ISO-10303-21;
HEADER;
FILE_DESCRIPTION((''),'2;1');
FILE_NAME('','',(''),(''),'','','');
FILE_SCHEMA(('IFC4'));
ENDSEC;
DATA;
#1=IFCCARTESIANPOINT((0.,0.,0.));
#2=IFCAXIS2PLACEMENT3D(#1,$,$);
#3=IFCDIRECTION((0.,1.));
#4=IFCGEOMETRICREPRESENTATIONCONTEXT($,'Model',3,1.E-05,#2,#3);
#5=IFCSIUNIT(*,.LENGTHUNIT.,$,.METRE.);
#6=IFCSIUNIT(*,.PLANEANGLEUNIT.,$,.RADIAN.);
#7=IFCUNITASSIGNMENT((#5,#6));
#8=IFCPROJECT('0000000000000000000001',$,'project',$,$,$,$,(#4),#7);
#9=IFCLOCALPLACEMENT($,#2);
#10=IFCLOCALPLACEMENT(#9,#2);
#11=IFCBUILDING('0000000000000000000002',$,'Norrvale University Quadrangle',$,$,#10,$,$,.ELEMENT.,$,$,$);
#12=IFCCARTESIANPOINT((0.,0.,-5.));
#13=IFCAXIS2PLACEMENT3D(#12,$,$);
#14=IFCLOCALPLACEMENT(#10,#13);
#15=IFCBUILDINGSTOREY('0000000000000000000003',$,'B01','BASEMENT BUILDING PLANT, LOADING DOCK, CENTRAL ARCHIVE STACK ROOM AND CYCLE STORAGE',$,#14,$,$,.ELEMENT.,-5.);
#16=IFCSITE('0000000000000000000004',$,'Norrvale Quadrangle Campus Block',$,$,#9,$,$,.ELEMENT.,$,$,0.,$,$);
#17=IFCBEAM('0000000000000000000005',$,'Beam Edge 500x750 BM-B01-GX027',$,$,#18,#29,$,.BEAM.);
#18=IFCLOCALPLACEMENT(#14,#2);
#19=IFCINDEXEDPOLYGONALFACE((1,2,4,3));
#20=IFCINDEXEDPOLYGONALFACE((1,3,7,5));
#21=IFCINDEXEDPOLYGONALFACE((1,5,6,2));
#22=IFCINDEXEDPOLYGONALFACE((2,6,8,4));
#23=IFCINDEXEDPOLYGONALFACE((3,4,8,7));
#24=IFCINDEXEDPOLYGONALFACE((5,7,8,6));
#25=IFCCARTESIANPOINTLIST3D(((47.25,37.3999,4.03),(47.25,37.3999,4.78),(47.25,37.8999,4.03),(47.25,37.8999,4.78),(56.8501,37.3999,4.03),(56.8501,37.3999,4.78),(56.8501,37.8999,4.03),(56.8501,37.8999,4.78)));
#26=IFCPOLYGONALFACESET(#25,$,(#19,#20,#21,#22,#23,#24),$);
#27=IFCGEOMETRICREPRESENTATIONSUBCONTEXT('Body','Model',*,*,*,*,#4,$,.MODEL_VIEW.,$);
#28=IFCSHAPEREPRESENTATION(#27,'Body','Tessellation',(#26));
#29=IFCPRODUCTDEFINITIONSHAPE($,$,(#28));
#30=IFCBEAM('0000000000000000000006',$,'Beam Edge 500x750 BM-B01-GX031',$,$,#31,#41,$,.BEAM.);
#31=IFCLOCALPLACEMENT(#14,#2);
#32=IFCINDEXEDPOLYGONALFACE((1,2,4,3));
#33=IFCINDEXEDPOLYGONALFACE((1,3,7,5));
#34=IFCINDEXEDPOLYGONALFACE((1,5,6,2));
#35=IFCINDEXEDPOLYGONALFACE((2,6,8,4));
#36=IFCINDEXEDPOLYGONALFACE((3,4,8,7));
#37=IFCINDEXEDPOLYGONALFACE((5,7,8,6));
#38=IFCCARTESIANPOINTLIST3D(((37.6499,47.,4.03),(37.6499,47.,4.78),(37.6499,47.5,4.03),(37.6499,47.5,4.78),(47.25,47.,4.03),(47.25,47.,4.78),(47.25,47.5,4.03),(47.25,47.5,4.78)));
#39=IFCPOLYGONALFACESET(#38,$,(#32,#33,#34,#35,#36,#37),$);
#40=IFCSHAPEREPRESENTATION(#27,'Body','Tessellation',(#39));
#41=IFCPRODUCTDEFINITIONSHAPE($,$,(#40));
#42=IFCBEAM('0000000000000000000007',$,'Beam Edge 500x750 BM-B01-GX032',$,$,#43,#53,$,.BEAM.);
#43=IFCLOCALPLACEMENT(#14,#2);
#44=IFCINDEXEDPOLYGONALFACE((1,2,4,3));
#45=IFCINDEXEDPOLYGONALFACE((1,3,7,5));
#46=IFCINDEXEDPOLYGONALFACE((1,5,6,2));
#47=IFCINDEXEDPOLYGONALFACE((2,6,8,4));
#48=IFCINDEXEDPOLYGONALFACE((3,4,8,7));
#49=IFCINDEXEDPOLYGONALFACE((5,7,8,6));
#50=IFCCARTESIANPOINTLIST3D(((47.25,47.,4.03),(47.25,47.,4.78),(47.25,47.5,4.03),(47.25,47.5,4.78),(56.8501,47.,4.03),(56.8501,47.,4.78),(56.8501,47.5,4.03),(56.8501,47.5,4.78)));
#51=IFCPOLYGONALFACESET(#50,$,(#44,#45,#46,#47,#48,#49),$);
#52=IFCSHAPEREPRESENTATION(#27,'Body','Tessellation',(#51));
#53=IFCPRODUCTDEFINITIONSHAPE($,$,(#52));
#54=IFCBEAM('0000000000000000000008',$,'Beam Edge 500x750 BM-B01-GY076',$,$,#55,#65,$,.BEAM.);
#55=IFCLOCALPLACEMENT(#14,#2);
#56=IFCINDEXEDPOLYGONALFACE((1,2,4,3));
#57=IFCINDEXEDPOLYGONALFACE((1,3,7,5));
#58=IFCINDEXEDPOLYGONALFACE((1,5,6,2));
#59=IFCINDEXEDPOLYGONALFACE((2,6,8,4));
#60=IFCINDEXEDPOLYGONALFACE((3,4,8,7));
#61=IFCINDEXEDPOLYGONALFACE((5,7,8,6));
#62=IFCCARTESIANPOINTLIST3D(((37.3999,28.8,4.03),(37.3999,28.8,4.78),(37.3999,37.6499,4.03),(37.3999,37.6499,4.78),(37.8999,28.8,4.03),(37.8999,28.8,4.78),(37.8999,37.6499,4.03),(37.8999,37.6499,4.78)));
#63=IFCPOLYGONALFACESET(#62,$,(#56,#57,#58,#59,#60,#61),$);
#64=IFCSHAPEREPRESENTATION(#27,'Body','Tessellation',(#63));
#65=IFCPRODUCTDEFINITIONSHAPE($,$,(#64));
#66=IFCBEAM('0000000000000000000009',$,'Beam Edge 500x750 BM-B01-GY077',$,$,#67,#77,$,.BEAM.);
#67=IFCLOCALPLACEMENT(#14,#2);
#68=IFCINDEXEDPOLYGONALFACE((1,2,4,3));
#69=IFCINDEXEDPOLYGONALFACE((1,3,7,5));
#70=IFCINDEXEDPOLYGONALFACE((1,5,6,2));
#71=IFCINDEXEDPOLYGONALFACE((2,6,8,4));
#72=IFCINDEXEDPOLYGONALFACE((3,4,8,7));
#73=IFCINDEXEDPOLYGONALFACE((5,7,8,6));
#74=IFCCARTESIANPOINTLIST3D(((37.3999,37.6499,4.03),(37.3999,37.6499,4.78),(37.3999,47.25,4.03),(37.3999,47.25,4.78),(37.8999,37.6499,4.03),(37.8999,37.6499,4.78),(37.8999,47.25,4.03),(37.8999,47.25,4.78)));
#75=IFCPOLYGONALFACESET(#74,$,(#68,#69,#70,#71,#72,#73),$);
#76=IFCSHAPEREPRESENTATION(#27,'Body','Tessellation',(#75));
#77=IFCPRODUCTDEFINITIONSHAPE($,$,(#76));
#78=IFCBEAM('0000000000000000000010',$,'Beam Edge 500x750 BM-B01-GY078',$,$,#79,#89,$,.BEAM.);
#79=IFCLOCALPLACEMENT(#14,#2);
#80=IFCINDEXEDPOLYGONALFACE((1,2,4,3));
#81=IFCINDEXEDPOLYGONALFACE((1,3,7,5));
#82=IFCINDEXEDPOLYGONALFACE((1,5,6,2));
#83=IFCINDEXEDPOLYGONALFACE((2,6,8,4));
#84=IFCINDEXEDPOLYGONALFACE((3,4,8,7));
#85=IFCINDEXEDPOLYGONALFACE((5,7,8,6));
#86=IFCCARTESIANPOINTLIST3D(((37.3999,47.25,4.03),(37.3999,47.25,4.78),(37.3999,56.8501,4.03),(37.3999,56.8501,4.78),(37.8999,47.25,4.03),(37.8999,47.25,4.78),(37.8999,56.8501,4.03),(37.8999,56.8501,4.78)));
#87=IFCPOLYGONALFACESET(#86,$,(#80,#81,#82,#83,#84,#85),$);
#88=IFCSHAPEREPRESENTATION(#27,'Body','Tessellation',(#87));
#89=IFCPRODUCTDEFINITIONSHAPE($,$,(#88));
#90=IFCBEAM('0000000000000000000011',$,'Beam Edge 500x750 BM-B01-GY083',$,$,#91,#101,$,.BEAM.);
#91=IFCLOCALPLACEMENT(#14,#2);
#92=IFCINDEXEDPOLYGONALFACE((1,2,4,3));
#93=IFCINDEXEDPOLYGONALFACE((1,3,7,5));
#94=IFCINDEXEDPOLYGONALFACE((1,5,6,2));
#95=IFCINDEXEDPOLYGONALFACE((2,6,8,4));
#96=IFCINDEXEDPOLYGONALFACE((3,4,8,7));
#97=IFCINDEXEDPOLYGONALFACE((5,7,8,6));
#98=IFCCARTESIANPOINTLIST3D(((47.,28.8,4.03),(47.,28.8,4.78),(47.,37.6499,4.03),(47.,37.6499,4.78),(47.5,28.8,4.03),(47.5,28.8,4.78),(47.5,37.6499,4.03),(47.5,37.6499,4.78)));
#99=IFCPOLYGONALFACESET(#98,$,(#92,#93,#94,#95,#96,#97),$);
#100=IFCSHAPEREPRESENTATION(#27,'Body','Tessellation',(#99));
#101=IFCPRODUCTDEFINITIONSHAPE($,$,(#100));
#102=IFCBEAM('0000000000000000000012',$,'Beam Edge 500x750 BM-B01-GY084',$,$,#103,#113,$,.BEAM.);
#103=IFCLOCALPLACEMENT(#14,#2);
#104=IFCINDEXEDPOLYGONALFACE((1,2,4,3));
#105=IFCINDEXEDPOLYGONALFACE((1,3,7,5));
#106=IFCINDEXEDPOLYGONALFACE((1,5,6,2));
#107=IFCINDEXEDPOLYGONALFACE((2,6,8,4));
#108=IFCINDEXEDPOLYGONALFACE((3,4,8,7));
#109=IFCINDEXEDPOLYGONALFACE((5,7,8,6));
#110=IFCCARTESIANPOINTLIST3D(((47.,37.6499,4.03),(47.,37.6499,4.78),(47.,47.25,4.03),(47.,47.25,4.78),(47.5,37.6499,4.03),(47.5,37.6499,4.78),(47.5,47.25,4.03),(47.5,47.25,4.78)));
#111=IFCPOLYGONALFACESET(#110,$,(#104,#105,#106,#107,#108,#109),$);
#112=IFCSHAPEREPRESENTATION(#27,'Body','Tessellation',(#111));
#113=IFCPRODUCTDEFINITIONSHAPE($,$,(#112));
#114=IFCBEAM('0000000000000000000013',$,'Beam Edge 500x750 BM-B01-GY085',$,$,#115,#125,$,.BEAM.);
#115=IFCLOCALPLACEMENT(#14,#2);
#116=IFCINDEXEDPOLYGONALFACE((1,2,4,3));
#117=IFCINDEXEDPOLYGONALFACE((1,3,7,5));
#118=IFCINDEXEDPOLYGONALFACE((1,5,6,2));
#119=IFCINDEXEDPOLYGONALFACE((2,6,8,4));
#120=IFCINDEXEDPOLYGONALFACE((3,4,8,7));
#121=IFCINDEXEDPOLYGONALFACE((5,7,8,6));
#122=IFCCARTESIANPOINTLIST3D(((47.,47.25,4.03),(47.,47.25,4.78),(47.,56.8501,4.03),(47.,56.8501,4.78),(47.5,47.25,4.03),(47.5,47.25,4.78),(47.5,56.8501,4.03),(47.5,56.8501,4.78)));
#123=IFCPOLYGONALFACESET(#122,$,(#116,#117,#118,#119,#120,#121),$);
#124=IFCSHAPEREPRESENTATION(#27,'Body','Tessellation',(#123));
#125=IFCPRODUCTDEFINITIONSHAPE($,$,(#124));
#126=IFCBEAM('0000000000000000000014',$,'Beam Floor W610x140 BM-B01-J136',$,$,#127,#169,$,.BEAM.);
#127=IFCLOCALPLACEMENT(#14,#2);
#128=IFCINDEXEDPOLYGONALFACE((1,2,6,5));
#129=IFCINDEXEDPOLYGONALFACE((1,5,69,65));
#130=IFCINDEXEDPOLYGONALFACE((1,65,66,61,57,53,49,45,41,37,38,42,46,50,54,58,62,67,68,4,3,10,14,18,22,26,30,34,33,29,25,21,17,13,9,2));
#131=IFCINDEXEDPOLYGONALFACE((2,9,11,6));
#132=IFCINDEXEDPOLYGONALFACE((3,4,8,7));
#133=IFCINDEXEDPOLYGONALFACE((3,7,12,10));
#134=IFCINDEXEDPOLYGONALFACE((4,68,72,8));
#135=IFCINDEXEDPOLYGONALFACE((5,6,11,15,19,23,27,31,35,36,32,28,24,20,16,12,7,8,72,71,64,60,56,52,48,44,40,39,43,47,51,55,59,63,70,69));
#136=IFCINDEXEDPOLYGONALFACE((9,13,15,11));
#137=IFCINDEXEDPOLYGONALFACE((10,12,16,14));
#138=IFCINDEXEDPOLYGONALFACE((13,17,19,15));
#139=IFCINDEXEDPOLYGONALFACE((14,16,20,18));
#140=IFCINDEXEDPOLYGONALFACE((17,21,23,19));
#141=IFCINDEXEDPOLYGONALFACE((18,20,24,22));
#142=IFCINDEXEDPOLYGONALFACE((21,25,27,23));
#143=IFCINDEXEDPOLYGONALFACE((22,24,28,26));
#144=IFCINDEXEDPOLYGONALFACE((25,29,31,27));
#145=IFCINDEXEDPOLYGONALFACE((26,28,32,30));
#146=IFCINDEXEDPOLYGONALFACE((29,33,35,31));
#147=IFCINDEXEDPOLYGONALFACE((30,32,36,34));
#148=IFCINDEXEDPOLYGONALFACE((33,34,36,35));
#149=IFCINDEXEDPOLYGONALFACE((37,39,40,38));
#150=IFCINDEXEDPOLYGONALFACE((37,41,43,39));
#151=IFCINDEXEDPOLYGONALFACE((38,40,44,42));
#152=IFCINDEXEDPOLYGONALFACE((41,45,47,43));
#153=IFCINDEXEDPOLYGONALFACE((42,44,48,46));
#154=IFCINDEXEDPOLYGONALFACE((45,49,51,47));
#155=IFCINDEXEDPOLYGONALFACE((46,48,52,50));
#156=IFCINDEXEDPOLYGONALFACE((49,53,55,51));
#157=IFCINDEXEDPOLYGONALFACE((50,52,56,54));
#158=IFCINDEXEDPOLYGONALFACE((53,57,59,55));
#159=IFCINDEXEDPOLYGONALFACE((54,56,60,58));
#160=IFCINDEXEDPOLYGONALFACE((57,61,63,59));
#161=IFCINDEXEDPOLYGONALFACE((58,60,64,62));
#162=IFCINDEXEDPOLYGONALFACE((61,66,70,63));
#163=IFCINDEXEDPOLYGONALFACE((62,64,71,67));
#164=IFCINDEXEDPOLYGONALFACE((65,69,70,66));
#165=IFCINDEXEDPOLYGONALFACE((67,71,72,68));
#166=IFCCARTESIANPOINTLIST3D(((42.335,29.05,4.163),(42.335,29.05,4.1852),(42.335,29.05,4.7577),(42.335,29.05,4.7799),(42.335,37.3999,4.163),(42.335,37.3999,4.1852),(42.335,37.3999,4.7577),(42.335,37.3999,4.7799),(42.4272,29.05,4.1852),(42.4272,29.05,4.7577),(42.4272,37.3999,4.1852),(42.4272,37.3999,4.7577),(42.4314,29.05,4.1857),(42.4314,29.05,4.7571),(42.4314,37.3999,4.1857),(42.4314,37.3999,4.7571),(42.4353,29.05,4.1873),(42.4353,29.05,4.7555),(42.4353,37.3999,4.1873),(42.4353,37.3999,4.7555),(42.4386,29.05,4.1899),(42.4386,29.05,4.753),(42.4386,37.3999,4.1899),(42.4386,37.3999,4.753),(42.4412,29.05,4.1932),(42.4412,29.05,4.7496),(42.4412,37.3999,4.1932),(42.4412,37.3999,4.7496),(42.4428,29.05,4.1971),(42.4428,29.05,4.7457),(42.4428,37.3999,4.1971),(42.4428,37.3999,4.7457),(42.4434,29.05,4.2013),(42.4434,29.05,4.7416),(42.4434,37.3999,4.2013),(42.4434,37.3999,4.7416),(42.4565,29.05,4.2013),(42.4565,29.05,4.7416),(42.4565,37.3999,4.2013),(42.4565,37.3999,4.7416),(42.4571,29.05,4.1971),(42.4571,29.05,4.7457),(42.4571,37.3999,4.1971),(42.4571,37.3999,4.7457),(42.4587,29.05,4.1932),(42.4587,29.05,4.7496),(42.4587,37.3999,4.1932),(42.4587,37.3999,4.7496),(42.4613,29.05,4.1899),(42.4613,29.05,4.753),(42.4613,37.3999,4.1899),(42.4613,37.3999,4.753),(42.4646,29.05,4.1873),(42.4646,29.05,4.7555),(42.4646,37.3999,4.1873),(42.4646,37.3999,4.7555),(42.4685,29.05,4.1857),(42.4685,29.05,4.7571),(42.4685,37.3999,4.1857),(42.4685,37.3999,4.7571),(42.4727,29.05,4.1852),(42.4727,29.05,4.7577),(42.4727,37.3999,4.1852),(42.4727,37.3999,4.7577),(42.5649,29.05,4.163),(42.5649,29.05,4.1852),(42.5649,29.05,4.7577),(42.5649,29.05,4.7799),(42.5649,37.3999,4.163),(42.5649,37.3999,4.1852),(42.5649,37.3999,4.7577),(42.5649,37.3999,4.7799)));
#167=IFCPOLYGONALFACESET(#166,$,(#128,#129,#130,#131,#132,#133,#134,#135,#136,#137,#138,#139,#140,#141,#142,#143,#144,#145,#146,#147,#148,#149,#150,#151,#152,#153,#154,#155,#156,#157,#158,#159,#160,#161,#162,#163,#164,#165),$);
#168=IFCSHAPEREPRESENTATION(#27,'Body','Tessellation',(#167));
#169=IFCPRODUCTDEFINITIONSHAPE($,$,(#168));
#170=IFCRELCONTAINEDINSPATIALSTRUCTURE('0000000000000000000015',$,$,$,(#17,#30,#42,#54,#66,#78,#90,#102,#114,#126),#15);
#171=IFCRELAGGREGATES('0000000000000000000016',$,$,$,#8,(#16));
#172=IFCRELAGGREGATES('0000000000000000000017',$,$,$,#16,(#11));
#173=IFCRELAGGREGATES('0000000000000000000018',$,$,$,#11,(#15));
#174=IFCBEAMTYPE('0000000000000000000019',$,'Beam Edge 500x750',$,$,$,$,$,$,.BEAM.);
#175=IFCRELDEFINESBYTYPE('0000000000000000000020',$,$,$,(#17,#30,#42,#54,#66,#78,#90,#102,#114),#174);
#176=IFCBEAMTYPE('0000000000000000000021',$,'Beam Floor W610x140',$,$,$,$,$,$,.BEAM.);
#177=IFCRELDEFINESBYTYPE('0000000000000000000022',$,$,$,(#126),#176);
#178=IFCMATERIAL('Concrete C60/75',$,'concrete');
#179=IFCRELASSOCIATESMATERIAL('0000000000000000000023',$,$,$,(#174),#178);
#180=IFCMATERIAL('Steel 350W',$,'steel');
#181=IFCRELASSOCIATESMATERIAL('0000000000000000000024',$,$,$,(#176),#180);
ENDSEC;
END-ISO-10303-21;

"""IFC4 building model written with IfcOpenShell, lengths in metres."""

from ifc_helpers import new_model, si_unit, direction, frame, origin, origin_2d, place, context, subcontext, project, spatial, rectangle, i_section, extrude, material, material_profile, profile_set, type_object, element, save


model = new_model("IFC4")

# Units and contexts
model_context = context("Model", 3, precision=1e-05, world=origin(), true_north=direction((0.0, 1.0)))
body_context = subcontext(model_context, "Body", "Model", "MODEL_VIEW")
ifc_project = project(units=[si_unit("LENGTHUNIT", "METRE"), si_unit("PLANEANGLEUNIT", "RADIAN")], contexts=[model_context])

# Site, building, storey
site_placement = place(None, origin())
site = spatial("IfcSite", under=ifc_project, at=site_placement, Name="Norrvale Quadrangle Campus Block", CompositionType="ELEMENT", RefElevation=0.0)
building_placement = place(site_placement, origin())
building = spatial("IfcBuilding", under=site, at=building_placement, Name="Norrvale University Quadrangle", CompositionType="ELEMENT")
storey_placement = place(building_placement, frame((0.0, 0.0, -5.0)))
storey = spatial("IfcBuildingStorey", under=building, at=storey_placement, Name="B01", Description="BASEMENT BUILDING PLANT, LOADING DOCK, CENTRAL ARCHIVE STACK ROOM AND CYCLE STORAGE", CompositionType="ELEMENT", Elevation=-5.0)

# Beams
ifc_material_1 = material(Name="Concrete C60/75", Category="concrete")
ifc_material_profile_1 = material_profile(ifc_material_1, rectangle(XDim=0.5, YDim=0.75, at=origin_2d()), Name="Concrete C60/75")
ifc_profile_set_1 = profile_set([ifc_material_profile_1], Name="Concrete C60/75")
beam_type_1 = type_object("IfcBeamType", Name="Beam Edge 500x750", PredefinedType="BEAM", material=ifc_profile_set_1)
for number, where, z_axis, x_axis, name in (
    (1, (47.25, 37.6499, 4.405), (1.0, 0.0, 0.0), (0.0, 1.0, 0.0), "Beam Edge 500x750 BM-B01-GX027"),
    (2, (37.6499, 47.25, 4.405), (1.0, 0.0, 0.0), (0.0, 1.0, 0.0), "Beam Edge 500x750 BM-B01-GX031"),
    (3, (47.25, 47.25, 4.405), (1.0, 0.0, 0.0), (0.0, 1.0, 0.0), "Beam Edge 500x750 BM-B01-GX032"),
):
    element("IfcBeam", number, at=place(storey_placement, frame(where, z_axis=z_axis, x_axis=x_axis)), inside=storey, type_object=beam_type_1, Name=name, PredefinedType="BEAM", context=body_context, shape_type="SweptSolid", body=[
        extrude(rectangle(XDim=0.5, YDim=0.75, at=origin_2d()), origin(), (0.0, 0.0, 1.0), 9.6001),
    ])
beam_1_placement = place(storey_placement, frame((37.6499, 28.8, 4.405), z_axis=(0.0, 1.0, 0.0), x_axis=(-1.0, 0.0, 0.0)))
element("IfcBeam", 4, at=beam_1_placement, inside=storey, type_object=beam_type_1, Name="Beam Edge 500x750 BM-B01-GY076", PredefinedType="BEAM", context=body_context, shape_type="SweptSolid", body=[
    extrude(rectangle(XDim=0.5, YDim=0.75, at=origin_2d()), origin(), (0.0, 0.0, 1.0), 8.8499),
])
for number, where, z_axis, x_axis, name in (
    (5, (37.6499, 37.6499, 4.405), (0.0, 1.0, 0.0), (-1.0, 0.0, 0.0), "Beam Edge 500x750 BM-B01-GY077"),
    (6, (37.6499, 47.25, 4.405), (0.0, 1.0, 0.0), (-1.0, 0.0, 0.0), "Beam Edge 500x750 BM-B01-GY078"),
):
    element("IfcBeam", number, at=place(storey_placement, frame(where, z_axis=z_axis, x_axis=x_axis)), inside=storey, type_object=beam_type_1, Name=name, PredefinedType="BEAM", context=body_context, shape_type="SweptSolid", body=[
        extrude(rectangle(XDim=0.5, YDim=0.75, at=origin_2d()), origin(), (0.0, 0.0, 1.0), 9.6001),
    ])
beam_2_placement = place(storey_placement, frame((47.25, 28.8, 4.405), z_axis=(0.0, 1.0, 0.0), x_axis=(-1.0, 0.0, 0.0)))
element("IfcBeam", 7, at=beam_2_placement, inside=storey, type_object=beam_type_1, Name="Beam Edge 500x750 BM-B01-GY083", PredefinedType="BEAM", context=body_context, shape_type="SweptSolid", body=[
    extrude(rectangle(XDim=0.5, YDim=0.75, at=origin_2d()), origin(), (0.0, 0.0, 1.0), 8.8499),
])
for number, where, z_axis, x_axis, name in (
    (8, (47.25, 37.6499, 4.405), (0.0, 1.0, 0.0), (-1.0, 0.0, 0.0), "Beam Edge 500x750 BM-B01-GY084"),
    (9, (47.25, 47.25, 4.405), (0.0, 1.0, 0.0), (-1.0, 0.0, 0.0), "Beam Edge 500x750 BM-B01-GY085"),
):
    element("IfcBeam", number, at=place(storey_placement, frame(where, z_axis=z_axis, x_axis=x_axis)), inside=storey, type_object=beam_type_1, Name=name, PredefinedType="BEAM", context=body_context, shape_type="SweptSolid", body=[
        extrude(rectangle(XDim=0.5, YDim=0.75, at=origin_2d()), origin(), (0.0, 0.0, 1.0), 9.6001),
    ])
ifc_material_2 = material(Name="Steel 350W", Category="steel")
ifc_material_profile_2 = material_profile(ifc_material_2, i_section(OverallWidth=0.23, OverallDepth=0.6169, WebThickness=0.0132, FlangeThickness=0.0222, FilletRadius=0.0161, at=origin_2d()), Name="Steel 350W")
ifc_profile_set_2 = profile_set([ifc_material_profile_2], Name="Steel 350W")
beam_type_2 = type_object("IfcBeamType", Name="Beam Floor W610x140", PredefinedType="BEAM", material=ifc_profile_set_2)
beam_3_placement = place(storey_placement, frame((42.45, 29.05, 4.4714), z_axis=(0.0, 1.0, 0.0), x_axis=(-1.0, 0.0, 0.0)))
element("IfcBeam", 10, at=beam_3_placement, inside=storey, type_object=beam_type_2, Name="Beam Floor W610x140 BM-B01-J136", PredefinedType="BEAM", context=body_context, shape_type="SweptSolid", body=[
    extrude(i_section(OverallWidth=0.23, OverallDepth=0.6169, WebThickness=0.0132, FlangeThickness=0.0222, FilletRadius=0.0161, at=origin_2d()), origin(), (0.0, 0.0, 1.0), 8.3499),
])

save(model, "model.ifc")
